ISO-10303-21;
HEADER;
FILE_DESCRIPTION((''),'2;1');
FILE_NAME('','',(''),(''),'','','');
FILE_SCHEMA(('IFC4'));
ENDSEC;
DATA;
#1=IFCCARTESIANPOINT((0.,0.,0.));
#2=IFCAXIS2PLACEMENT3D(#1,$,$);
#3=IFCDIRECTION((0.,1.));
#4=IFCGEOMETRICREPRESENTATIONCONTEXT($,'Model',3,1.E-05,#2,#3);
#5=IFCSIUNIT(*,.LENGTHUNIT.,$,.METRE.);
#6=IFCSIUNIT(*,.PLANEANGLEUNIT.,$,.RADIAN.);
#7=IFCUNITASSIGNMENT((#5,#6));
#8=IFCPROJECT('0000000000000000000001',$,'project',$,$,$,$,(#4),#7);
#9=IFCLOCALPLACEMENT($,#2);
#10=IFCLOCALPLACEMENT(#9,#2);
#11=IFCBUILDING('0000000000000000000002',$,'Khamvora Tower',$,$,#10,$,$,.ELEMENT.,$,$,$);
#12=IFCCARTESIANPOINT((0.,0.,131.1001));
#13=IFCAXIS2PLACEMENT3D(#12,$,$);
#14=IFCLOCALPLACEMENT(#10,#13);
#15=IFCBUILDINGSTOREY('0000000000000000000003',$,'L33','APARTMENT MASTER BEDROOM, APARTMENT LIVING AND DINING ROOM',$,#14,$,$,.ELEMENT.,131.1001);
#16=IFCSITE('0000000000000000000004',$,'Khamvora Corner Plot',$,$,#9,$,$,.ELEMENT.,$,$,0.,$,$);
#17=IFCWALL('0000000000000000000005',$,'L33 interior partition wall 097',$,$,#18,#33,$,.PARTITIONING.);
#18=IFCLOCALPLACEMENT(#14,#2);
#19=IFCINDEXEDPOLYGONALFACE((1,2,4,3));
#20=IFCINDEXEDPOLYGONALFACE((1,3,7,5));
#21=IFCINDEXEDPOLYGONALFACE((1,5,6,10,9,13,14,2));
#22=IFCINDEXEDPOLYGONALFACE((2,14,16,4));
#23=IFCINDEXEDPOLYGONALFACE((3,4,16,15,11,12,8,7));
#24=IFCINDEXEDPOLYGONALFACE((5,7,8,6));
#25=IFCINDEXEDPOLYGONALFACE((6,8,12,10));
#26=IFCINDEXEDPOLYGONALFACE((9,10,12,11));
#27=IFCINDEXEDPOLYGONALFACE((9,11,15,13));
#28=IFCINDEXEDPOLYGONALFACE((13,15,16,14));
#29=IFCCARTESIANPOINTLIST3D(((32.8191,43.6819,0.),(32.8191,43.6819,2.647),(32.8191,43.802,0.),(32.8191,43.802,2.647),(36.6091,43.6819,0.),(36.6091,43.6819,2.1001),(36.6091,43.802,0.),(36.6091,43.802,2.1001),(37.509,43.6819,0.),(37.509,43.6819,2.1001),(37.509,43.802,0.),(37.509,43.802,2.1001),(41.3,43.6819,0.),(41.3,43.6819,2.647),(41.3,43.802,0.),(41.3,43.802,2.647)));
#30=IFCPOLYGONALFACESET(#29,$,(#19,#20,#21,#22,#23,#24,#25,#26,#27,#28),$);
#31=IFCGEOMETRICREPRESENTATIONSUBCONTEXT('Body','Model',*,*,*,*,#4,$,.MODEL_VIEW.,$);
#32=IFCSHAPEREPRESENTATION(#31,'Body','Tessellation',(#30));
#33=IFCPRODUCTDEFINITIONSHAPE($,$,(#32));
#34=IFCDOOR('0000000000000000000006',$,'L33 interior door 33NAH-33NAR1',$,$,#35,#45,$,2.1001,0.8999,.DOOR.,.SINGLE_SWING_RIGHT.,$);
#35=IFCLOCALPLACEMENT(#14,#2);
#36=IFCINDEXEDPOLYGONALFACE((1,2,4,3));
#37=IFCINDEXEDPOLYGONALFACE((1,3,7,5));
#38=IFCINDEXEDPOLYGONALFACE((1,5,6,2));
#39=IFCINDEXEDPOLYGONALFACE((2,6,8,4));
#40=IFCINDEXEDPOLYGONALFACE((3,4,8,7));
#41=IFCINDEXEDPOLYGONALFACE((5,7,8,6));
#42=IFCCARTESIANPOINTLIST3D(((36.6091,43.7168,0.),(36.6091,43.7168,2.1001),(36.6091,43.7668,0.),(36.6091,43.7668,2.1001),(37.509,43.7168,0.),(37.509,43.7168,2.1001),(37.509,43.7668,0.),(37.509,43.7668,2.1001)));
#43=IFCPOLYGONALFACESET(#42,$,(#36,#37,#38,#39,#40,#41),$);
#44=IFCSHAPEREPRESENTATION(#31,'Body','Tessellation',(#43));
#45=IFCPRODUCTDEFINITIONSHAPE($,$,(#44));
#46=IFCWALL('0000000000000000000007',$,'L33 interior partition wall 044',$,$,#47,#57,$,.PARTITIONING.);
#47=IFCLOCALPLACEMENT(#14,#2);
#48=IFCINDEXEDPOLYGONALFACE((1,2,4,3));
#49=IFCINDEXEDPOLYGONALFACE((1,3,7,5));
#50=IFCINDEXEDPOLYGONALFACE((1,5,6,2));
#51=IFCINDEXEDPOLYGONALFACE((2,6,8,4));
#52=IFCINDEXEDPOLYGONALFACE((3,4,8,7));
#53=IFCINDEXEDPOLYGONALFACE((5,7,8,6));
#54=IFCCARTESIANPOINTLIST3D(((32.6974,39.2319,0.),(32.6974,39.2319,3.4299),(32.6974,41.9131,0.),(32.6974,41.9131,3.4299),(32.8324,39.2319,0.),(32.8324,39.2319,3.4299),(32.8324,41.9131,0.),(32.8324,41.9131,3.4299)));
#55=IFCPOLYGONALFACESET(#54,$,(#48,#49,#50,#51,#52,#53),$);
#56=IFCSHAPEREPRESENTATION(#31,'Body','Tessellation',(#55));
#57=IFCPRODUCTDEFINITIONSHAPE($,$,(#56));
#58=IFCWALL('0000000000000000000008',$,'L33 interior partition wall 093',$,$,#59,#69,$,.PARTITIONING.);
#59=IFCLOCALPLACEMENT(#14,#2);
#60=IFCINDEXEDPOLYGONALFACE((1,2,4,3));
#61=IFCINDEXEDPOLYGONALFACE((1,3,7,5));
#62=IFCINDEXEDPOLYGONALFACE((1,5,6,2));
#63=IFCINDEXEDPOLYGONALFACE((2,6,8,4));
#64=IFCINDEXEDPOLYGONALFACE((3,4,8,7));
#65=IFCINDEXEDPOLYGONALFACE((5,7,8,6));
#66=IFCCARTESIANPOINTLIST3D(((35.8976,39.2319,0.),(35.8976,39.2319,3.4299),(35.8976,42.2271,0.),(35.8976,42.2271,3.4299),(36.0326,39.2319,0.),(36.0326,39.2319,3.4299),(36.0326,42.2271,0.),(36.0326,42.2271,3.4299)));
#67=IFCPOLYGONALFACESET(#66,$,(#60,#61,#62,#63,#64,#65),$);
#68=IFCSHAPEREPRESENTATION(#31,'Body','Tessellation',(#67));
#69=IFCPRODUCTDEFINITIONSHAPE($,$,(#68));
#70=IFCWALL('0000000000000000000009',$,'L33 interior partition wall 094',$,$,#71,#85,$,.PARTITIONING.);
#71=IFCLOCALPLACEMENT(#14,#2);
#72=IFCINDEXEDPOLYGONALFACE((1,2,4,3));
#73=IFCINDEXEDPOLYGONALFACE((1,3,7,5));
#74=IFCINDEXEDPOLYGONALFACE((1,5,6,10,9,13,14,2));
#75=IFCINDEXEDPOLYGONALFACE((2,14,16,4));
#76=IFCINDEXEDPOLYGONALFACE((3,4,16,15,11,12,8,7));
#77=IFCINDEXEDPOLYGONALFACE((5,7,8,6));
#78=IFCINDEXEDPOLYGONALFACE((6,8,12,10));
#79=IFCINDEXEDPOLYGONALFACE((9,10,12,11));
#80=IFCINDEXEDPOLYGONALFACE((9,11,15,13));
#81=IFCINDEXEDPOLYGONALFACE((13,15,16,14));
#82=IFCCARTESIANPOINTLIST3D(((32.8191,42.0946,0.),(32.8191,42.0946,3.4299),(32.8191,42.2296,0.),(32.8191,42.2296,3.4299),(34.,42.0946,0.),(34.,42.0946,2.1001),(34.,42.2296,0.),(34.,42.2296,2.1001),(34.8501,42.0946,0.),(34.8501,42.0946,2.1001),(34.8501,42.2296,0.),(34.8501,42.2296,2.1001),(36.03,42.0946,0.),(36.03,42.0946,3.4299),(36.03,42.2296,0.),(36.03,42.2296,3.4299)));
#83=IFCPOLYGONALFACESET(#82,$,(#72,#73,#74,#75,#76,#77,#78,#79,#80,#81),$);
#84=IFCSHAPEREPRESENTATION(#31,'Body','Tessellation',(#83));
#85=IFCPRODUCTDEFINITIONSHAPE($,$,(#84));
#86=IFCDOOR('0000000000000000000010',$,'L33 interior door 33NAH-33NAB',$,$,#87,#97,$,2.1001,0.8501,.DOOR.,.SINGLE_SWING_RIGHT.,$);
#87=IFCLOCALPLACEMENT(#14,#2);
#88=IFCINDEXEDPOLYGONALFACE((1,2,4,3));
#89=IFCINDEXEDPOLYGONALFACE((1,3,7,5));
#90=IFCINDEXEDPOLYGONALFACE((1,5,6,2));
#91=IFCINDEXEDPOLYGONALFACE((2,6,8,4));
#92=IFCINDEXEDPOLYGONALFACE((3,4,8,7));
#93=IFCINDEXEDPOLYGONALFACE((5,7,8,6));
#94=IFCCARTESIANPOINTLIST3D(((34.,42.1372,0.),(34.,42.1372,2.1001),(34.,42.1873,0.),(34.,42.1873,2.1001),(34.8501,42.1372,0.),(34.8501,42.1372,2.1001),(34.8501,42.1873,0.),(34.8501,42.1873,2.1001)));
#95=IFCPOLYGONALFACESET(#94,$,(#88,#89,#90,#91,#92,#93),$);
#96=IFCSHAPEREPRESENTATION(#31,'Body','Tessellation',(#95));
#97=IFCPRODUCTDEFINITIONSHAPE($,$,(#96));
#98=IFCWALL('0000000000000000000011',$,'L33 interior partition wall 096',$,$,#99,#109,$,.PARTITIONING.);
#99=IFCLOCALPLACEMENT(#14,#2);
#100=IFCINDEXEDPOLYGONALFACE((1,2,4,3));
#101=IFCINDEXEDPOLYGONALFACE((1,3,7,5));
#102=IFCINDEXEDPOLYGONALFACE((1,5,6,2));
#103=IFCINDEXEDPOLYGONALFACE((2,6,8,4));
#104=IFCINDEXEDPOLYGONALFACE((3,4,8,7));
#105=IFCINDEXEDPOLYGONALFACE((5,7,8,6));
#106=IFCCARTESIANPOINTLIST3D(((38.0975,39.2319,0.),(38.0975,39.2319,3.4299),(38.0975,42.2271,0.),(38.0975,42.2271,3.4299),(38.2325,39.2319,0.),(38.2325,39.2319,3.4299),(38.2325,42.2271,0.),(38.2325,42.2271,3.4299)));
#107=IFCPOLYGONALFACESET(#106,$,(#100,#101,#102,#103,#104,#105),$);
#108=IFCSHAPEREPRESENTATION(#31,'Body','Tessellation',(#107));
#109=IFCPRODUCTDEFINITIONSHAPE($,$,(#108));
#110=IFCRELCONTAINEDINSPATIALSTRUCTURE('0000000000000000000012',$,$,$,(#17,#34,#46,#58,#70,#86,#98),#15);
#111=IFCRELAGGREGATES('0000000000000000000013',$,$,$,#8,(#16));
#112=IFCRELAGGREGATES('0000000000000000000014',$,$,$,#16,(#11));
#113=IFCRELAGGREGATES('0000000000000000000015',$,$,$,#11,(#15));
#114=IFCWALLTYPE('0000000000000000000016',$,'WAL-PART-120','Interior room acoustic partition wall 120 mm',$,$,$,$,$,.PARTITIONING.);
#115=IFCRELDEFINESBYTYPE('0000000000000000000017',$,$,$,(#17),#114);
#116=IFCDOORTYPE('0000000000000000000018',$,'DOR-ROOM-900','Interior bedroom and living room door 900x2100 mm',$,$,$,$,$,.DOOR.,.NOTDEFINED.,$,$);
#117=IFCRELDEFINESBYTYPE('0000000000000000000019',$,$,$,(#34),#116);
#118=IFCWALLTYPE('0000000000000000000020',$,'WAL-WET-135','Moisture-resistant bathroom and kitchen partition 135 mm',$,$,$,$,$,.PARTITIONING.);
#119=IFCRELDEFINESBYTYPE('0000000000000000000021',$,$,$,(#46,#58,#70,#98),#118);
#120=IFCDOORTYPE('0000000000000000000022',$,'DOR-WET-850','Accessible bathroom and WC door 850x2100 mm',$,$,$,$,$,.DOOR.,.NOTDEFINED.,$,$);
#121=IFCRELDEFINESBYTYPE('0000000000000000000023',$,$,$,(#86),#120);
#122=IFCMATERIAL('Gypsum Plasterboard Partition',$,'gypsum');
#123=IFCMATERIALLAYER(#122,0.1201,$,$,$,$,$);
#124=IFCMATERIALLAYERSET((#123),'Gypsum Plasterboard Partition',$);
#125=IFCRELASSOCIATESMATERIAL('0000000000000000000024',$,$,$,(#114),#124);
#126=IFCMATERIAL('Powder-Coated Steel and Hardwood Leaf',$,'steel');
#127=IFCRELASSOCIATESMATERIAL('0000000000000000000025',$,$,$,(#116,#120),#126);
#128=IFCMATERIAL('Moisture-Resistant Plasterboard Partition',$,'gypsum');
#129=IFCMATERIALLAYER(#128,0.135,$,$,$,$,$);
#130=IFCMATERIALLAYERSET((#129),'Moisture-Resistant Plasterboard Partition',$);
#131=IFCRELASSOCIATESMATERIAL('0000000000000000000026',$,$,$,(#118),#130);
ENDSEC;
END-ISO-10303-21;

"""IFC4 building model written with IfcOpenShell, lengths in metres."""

from ifc_helpers import new_model, si_unit, direction, frame, frame_2d, origin, place, context, subcontext, project, spatial, rectangle, extrude, material, layer, layer_set, type_object, element, fill, save


model = new_model("IFC4")

# Units and contexts
model_context = context("Model", 3, precision=1e-05, world=origin(), true_north=direction((0.0, 1.0)))
body_context = subcontext(model_context, "Body", "Model", "MODEL_VIEW")
ifc_project = project(units=[si_unit("LENGTHUNIT", "METRE"), si_unit("PLANEANGLEUNIT", "RADIAN")], contexts=[model_context])

# Site, building, storey
site_placement = place(None, origin())
site = spatial("IfcSite", under=ifc_project, at=site_placement, Name="Khamvora Corner Plot", CompositionType="ELEMENT", RefElevation=0.0)
building_placement = place(site_placement, origin())
building = spatial("IfcBuilding", under=site, at=building_placement, Name="Khamvora Tower", CompositionType="ELEMENT")
storey_placement = place(building_placement, frame((0.0, 0.0, 131.1001)))
storey = spatial("IfcBuildingStorey", under=building, at=storey_placement, Name="L33", Description="APARTMENT MASTER BEDROOM, APARTMENT LIVING AND DINING ROOM", CompositionType="ELEMENT", Elevation=131.1001)

# Shared definitions
ifc_material_1 = material(Name="Powder-Coated Steel and Hardwood Leaf", Category="steel")

# Shared definitions
ifc_material_2 = material(Name="Gypsum Plasterboard Partition", Category="gypsum")
ifc_layer_1 = layer(ifc_material_2, 0.1201)
ifc_layer_set_1 = layer_set([ifc_layer_1], Name="Gypsum Plasterboard Partition")
wall_type_1 = type_object("IfcWallType", Name="WAL-PART-120", Description="Interior room acoustic partition wall 120 mm", PredefinedType="PARTITIONING", material=ifc_layer_set_1)

# Wall, opening, door
wall_1_placement = place(storey_placement, frame((32.8191, 43.7419, 0.0), z_axis=(0.0, 0.0, 1.0), x_axis=(1.0, 0.0, 0.0)))
wall_1 = element("IfcWall", 1, at=wall_1_placement, inside=storey, type_object=wall_type_1, Name="L33 interior partition wall 097", PredefinedType="PARTITIONING", context=body_context, shape_type="SweptSolid", body=[
    extrude(rectangle(XDim=8.481, YDim=0.1201, at=frame_2d((4.2405, 0.0))), origin(), (0.0, 0.0, 1.0), 2.647),
])
opening_1_placement = place(wall_1_placement, frame((3.79, 0.0, 0.0)))
opening_1 = element("IfcOpeningElement", 2, at=opening_1_placement, cuts=wall_1, PredefinedType="OPENING", context=body_context, shape_type="SweptSolid", body=[
    extrude(rectangle(XDim=0.8999, YDim=2.1001, at=frame_2d((0.45, 1.05))), frame((0.0, 0.0701, 0.0), z_axis=(0.0, -1.0, 0.0), x_axis=(1.0, 0.0, 0.0)), (0.0, 0.0, 1.0), 0.1401),
])
door_type_1 = type_object("IfcDoorType", Name="DOR-ROOM-900", Description="Interior bedroom and living room door 900x2100 mm", OperationType="NOTDEFINED", PredefinedType="DOOR", material=ifc_material_1)
door_1_placement = place(opening_1_placement, origin())
door_1 = element("IfcDoor", 3, at=door_1_placement, inside=storey, type_object=door_type_1, Name="L33 interior door 33NAH-33NAR1", OperationType="SINGLE_SWING_RIGHT", OverallHeight=2.1001, OverallWidth=0.8999, PredefinedType="DOOR", context=body_context, shape_type="SweptSolid", body=[
    extrude(rectangle(XDim=0.8999, YDim=2.1001, at=frame_2d((0.45, 1.05))), frame((0.0, 0.0249, 0.0), z_axis=(0.0, -1.0, 0.0), x_axis=(1.0, 0.0, 0.0)), (0.0, 0.0, 1.0), 0.05),
])
fill(opening_1, door_1)

# Walls
ifc_material_3 = material(Name="Moisture-Resistant Plasterboard Partition", Category="gypsum")
ifc_layer_2 = layer(ifc_material_3, 0.135)
ifc_layer_set_2 = layer_set([ifc_layer_2], Name="Moisture-Resistant Plasterboard Partition")
wall_type_2 = type_object("IfcWallType", Name="WAL-WET-135", Description="Moisture-resistant bathroom and kitchen partition 135 mm", PredefinedType="PARTITIONING", material=ifc_layer_set_2)
wall_2_placement = place(storey_placement, frame((32.7649, 41.9131, 0.0), z_axis=(0.0, 0.0, 1.0), x_axis=(0.0, -1.0, 0.0)))
element("IfcWall", 4, at=wall_2_placement, inside=storey, type_object=wall_type_2, Name="L33 interior partition wall 044", PredefinedType="PARTITIONING", context=body_context, shape_type="SweptSolid", body=[
    extrude(rectangle(XDim=2.6812, YDim=0.135, at=frame_2d((1.3406, 0.0))), origin(), (0.0, 0.0, 1.0), 3.4299),
])
wall_3_placement = place(storey_placement, frame((35.9651, 39.2319, 0.0), z_axis=(0.0, 0.0, 1.0), x_axis=(0.0, 1.0, 0.0)))
element("IfcWall", 5, at=wall_3_placement, inside=storey, type_object=wall_type_2, Name="L33 interior partition wall 093", PredefinedType="PARTITIONING", context=body_context, shape_type="SweptSolid", body=[
    extrude(rectangle(XDim=2.9951, YDim=0.135, at=frame_2d((1.4976, 0.0))), origin(), (0.0, 0.0, 1.0), 3.4299),
])

# Wall, opening, door
wall_4_placement = place(storey_placement, frame((36.03, 42.1621, 0.0), z_axis=(0.0, 0.0, 1.0), x_axis=(-1.0, 0.0, 0.0)))
wall_4 = element("IfcWall", 6, at=wall_4_placement, inside=storey, type_object=wall_type_2, Name="L33 interior partition wall 094", PredefinedType="PARTITIONING", context=body_context, shape_type="SweptSolid", body=[
    extrude(rectangle(XDim=3.2109, YDim=0.135, at=frame_2d((1.6055, 0.0))), origin(), (0.0, 0.0, 1.0), 3.4299),
])
opening_2_placement = place(wall_4_placement, frame((1.1799, 0.0, 0.0)))
opening_2 = element("IfcOpeningElement", 7, at=opening_2_placement, cuts=wall_4, PredefinedType="OPENING", context=body_context, shape_type="SweptSolid", body=[
    extrude(rectangle(XDim=0.8501, YDim=2.1001, at=frame_2d((0.425, 1.05))), frame((0.0, 0.0774, 0.0), z_axis=(0.0, -1.0, 0.0), x_axis=(1.0, 0.0, 0.0)), (0.0, 0.0, 1.0), 0.155),
])
door_type_2 = type_object("IfcDoorType", Name="DOR-WET-850", Description="Accessible bathroom and WC door 850x2100 mm", OperationType="NOTDEFINED", PredefinedType="DOOR", material=ifc_material_1)
door_2_placement = place(opening_2_placement, origin())
door_2 = element("IfcDoor", 8, at=door_2_placement, inside=storey, type_object=door_type_2, Name="L33 interior door 33NAH-33NAB", OperationType="SINGLE_SWING_RIGHT", OverallHeight=2.1001, OverallWidth=0.8501, PredefinedType="DOOR", context=body_context, shape_type="SweptSolid", body=[
    extrude(rectangle(XDim=0.8501, YDim=2.1001, at=frame_2d((0.425, 1.05))), frame((0.0, 0.0249, 0.0), z_axis=(0.0, -1.0, 0.0), x_axis=(1.0, 0.0, 0.0)), (0.0, 0.0, 1.0), 0.05),
])
fill(opening_2, door_2)

# Wall
wall_5_placement = place(storey_placement, frame((38.165, 42.2271, 0.0), z_axis=(0.0, 0.0, 1.0), x_axis=(0.0, -1.0, 0.0)))
element("IfcWall", 9, at=wall_5_placement, inside=storey, type_object=wall_type_2, Name="L33 interior partition wall 096", PredefinedType="PARTITIONING", context=body_context, shape_type="SweptSolid", body=[
    extrude(rectangle(XDim=2.9951, YDim=0.135, at=frame_2d((1.4976, 0.0))), origin(), (0.0, 0.0, 1.0), 3.4299),
])

save(model, "model.ifc")
